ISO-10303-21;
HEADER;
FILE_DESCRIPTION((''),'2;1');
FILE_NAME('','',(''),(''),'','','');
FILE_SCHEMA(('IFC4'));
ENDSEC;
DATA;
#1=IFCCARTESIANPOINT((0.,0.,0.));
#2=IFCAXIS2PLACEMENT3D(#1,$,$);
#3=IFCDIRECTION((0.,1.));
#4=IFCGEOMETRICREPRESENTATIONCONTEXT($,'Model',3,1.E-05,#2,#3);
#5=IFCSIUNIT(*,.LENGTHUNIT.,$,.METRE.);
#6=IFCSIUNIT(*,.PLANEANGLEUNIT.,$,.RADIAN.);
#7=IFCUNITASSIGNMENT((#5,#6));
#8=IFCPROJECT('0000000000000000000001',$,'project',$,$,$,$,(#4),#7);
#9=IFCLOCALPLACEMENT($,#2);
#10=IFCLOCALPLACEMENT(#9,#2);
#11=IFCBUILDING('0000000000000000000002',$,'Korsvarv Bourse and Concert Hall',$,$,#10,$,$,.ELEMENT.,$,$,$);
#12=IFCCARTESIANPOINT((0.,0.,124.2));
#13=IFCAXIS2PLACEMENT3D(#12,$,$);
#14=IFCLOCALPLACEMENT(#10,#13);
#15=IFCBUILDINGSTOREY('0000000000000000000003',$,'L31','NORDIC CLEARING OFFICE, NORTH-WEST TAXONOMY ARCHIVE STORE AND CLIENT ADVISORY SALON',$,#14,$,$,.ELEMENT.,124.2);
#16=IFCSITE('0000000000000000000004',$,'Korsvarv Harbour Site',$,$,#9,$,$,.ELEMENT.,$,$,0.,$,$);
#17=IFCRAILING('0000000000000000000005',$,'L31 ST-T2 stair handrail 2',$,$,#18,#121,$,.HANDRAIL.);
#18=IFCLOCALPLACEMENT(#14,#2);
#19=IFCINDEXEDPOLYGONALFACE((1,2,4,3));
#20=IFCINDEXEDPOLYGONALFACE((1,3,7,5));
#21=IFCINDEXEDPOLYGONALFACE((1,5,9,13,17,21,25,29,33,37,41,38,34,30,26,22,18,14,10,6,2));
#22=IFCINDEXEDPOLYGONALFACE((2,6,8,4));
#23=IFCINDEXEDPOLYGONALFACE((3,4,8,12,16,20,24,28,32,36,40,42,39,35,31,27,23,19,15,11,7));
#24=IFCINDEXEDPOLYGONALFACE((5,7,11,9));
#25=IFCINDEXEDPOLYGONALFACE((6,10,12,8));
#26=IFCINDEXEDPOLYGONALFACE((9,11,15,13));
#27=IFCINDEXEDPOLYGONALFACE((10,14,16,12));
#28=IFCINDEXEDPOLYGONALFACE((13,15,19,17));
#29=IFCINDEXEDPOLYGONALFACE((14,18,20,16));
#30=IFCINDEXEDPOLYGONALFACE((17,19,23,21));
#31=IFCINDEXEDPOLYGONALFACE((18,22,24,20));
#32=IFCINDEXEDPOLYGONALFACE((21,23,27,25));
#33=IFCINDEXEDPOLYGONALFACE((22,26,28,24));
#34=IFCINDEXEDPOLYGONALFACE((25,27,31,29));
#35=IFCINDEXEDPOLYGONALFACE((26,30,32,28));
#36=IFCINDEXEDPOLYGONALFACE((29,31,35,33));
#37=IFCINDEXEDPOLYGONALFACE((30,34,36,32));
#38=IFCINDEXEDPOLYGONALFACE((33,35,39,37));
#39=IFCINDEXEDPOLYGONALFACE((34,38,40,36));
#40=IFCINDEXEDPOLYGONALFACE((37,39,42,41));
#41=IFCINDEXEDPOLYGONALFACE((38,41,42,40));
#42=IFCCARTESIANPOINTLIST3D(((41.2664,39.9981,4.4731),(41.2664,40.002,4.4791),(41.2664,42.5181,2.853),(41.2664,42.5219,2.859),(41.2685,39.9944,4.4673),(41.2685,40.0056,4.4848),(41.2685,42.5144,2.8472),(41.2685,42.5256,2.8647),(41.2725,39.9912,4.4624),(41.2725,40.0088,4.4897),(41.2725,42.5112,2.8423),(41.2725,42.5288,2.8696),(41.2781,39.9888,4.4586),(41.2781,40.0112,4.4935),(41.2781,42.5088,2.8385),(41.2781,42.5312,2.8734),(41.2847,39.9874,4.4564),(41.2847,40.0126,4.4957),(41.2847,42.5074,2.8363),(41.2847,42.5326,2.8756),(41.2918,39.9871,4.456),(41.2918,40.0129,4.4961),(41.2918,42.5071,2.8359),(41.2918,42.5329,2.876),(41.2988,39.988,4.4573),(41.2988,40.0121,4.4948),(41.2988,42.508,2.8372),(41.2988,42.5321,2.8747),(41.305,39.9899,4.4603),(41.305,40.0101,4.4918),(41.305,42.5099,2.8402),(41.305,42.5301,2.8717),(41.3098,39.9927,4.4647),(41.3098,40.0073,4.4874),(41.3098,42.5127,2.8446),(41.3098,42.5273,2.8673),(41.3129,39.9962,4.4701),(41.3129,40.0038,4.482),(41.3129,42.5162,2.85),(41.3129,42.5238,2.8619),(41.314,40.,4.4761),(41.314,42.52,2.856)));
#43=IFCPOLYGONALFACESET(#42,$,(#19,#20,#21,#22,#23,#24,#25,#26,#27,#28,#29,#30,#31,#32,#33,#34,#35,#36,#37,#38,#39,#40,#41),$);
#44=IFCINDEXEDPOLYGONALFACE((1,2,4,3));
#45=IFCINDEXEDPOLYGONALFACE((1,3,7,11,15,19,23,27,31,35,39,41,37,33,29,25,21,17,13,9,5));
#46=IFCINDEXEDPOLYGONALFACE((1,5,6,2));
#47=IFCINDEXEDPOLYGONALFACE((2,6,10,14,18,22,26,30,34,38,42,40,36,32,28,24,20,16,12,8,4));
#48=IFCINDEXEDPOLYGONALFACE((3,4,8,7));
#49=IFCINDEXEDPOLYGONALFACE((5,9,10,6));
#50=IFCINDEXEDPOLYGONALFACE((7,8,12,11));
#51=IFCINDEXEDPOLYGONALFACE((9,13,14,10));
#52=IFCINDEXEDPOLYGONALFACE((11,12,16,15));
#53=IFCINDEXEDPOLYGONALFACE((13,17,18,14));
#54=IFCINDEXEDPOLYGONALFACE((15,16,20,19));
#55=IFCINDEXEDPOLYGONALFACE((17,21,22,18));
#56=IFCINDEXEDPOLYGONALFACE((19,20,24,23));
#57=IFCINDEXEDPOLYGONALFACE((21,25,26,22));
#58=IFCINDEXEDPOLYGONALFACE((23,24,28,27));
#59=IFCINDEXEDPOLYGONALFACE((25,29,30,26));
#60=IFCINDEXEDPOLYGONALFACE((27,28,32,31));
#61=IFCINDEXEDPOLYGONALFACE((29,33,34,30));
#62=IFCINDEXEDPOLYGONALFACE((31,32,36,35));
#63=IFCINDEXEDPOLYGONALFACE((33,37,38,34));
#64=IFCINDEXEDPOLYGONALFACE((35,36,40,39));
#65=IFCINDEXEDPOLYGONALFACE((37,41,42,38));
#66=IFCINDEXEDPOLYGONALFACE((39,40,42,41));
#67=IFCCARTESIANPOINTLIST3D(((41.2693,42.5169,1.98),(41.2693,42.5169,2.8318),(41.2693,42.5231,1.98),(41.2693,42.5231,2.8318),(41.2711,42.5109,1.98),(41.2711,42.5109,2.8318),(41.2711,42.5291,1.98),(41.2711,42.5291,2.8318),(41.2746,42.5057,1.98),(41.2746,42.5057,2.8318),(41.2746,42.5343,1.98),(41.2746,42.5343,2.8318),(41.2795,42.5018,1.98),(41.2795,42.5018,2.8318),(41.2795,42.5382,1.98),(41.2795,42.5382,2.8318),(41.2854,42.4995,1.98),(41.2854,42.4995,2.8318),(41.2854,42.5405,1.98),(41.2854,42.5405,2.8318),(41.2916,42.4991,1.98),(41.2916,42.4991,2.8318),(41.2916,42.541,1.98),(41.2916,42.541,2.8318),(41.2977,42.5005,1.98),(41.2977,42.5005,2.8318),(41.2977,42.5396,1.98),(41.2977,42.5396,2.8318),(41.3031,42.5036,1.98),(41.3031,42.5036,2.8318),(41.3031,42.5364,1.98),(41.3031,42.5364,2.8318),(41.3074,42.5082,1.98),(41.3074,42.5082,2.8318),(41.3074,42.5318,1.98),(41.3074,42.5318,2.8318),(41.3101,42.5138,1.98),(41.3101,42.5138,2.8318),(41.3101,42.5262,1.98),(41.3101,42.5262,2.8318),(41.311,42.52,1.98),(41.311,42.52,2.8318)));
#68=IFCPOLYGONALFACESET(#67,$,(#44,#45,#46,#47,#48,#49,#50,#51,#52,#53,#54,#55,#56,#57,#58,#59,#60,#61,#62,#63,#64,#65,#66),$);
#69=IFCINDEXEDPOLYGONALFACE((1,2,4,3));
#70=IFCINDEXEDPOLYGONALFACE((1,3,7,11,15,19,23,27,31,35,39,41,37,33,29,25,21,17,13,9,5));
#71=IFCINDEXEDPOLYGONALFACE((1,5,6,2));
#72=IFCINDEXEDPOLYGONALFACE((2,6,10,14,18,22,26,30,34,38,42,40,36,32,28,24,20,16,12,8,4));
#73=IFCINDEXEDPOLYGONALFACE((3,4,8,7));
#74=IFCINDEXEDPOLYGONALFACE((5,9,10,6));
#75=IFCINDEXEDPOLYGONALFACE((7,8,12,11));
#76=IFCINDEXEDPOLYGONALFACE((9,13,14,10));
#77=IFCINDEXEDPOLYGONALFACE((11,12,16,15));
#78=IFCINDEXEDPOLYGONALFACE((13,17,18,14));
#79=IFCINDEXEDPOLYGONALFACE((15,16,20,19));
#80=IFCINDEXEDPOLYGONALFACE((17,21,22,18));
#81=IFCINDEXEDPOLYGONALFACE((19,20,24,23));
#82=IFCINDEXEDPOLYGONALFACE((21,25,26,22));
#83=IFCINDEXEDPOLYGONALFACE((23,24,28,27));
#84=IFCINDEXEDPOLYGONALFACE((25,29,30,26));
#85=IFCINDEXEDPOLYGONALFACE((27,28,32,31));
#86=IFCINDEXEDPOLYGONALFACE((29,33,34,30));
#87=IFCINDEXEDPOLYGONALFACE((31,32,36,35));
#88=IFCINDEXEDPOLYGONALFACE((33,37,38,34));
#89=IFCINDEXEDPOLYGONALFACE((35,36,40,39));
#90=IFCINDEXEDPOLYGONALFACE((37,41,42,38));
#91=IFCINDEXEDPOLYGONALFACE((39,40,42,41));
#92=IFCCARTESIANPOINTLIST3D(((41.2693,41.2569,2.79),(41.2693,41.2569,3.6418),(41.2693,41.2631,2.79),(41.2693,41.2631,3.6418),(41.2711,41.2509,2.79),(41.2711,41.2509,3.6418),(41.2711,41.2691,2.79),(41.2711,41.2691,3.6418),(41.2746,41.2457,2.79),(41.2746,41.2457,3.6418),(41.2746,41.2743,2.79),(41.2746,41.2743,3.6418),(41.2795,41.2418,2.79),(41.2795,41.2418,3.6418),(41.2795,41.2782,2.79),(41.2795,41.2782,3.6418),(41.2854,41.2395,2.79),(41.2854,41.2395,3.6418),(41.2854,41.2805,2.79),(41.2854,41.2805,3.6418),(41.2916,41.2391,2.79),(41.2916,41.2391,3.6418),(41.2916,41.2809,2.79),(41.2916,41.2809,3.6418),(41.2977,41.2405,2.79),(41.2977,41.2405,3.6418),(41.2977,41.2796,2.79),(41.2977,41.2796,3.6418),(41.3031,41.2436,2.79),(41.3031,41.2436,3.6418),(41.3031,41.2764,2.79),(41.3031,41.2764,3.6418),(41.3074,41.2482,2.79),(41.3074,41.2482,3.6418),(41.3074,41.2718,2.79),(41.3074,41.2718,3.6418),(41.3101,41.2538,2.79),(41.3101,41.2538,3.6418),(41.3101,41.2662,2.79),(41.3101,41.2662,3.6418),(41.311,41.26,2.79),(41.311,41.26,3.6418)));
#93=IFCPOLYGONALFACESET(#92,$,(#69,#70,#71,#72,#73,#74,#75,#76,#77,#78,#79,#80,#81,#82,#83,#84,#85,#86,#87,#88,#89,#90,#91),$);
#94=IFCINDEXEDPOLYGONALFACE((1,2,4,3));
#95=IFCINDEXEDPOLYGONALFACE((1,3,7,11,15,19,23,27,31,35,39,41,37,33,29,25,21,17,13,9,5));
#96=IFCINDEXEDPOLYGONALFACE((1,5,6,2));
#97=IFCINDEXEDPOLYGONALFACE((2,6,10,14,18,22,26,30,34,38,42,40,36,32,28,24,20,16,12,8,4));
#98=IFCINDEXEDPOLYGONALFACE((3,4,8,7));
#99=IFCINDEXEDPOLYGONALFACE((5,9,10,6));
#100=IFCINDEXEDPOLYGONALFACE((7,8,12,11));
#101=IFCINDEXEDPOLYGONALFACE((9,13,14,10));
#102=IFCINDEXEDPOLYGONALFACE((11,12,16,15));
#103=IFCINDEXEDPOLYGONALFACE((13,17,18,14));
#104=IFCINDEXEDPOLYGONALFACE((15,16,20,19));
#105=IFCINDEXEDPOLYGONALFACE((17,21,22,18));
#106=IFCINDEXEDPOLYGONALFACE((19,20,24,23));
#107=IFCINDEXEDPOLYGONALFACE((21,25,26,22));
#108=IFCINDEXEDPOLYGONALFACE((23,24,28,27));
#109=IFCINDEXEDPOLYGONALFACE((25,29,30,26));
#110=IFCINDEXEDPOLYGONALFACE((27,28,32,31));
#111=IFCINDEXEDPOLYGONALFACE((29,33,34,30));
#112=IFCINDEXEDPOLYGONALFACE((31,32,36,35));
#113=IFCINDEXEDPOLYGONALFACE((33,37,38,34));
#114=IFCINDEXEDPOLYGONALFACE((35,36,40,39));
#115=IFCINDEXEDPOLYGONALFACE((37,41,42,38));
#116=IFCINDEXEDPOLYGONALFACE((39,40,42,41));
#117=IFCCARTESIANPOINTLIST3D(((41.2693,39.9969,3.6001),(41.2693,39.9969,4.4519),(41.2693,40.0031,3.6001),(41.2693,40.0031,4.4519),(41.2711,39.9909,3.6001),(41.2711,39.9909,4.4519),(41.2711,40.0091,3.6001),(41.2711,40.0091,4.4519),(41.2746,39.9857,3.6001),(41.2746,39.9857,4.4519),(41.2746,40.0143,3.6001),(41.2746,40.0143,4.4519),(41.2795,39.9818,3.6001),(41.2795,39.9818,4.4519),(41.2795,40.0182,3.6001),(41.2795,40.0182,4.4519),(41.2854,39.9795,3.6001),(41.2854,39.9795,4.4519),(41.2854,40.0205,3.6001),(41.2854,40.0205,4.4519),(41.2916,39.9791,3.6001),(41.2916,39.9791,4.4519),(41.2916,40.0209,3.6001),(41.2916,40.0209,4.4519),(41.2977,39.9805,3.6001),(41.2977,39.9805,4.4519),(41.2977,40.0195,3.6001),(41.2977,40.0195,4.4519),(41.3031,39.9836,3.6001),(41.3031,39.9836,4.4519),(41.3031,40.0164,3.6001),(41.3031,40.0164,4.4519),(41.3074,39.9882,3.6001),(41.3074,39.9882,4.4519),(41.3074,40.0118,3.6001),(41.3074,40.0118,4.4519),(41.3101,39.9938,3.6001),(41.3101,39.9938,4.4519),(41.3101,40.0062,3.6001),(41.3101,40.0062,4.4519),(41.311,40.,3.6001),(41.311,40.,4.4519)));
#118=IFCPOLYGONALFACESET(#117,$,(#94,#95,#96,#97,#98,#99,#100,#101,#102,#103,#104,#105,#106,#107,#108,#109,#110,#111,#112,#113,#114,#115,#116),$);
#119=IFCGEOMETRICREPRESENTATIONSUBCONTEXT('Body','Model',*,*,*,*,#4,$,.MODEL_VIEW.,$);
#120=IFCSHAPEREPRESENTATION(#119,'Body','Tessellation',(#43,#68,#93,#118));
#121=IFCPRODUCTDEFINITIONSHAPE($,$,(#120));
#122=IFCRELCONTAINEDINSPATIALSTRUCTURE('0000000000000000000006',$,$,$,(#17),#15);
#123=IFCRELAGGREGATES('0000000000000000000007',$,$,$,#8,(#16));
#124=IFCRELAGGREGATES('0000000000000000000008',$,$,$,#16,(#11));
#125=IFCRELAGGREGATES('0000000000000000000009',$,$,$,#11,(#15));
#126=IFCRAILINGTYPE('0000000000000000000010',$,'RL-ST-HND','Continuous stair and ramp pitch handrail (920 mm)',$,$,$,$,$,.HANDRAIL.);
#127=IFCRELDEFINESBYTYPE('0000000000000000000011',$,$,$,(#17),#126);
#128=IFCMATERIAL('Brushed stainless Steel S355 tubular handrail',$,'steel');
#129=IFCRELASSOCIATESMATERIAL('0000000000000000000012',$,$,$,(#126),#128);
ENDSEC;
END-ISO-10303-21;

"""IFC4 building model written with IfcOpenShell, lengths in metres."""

from ifc_helpers import new_model, si_unit, direction, frame, origin, origin_2d, place, context, subcontext, project, spatial, circle, extrude, material, type_object, element, save


model = new_model("IFC4")

# Units and contexts
model_context = context("Model", 3, precision=1e-05, world=origin(), true_north=direction((0.0, 1.0)))
body_context = subcontext(model_context, "Body", "Model", "MODEL_VIEW")
ifc_project = project(units=[si_unit("LENGTHUNIT", "METRE"), si_unit("PLANEANGLEUNIT", "RADIAN")], contexts=[model_context])

# Site, building, storey
site_placement = place(None, origin())
site = spatial("IfcSite", under=ifc_project, at=site_placement, Name="Korsvarv Harbour Site", CompositionType="ELEMENT", RefElevation=0.0)
building_placement = place(site_placement, origin())
building = spatial("IfcBuilding", under=site, at=building_placement, Name="Korsvarv Bourse and Concert Hall", CompositionType="ELEMENT")
storey_placement = place(building_placement, frame((0.0, 0.0, 124.2)))
storey = spatial("IfcBuildingStorey", under=building, at=storey_placement, Name="L31", Description="NORDIC CLEARING OFFICE, NORTH-WEST TAXONOMY ARCHIVE STORE AND CLIENT ADVISORY SALON", CompositionType="ELEMENT", Elevation=124.2)

# Railing
ifc_material_1 = material(Name="Brushed stainless Steel S355 tubular handrail", Category="steel")
railing_type = type_object("IfcRailingType", Name="RL-ST-HND", Description="Continuous stair and ramp pitch handrail (920 mm)", PredefinedType="HANDRAIL", material=ifc_material_1)
railing_placement = place(storey_placement, frame((41.29, 42.52, 1.98)))
element("IfcRailing", 1, at=railing_placement, inside=storey, type_object=railing_type, Name="L31 ST-T2 stair handrail 2", PredefinedType="HANDRAIL", context=body_context, shape_type="SweptSolid", body=[
    extrude(circle(Radius=0.0239, at=origin_2d()), frame((0.0, 0.0, 0.876), z_axis=(0.0, -0.841163, 0.540782), x_axis=(1.0, 0.0, 0.0)), (0.0, 0.0, 1.0), 2.9958),
    extrude(circle(Radius=0.021, at=origin_2d()), origin(), (0.0, 0.0, 1.0), 0.8518),
    extrude(circle(Radius=0.021, at=origin_2d()), frame((0.0, -1.26, 0.8101)), (0.0, 0.0, 1.0), 0.8518),
    extrude(circle(Radius=0.021, at=origin_2d()), frame((0.0, -2.52, 1.6201)), (0.0, 0.0, 1.0), 0.8518),
])

save(model, "model.ifc")
